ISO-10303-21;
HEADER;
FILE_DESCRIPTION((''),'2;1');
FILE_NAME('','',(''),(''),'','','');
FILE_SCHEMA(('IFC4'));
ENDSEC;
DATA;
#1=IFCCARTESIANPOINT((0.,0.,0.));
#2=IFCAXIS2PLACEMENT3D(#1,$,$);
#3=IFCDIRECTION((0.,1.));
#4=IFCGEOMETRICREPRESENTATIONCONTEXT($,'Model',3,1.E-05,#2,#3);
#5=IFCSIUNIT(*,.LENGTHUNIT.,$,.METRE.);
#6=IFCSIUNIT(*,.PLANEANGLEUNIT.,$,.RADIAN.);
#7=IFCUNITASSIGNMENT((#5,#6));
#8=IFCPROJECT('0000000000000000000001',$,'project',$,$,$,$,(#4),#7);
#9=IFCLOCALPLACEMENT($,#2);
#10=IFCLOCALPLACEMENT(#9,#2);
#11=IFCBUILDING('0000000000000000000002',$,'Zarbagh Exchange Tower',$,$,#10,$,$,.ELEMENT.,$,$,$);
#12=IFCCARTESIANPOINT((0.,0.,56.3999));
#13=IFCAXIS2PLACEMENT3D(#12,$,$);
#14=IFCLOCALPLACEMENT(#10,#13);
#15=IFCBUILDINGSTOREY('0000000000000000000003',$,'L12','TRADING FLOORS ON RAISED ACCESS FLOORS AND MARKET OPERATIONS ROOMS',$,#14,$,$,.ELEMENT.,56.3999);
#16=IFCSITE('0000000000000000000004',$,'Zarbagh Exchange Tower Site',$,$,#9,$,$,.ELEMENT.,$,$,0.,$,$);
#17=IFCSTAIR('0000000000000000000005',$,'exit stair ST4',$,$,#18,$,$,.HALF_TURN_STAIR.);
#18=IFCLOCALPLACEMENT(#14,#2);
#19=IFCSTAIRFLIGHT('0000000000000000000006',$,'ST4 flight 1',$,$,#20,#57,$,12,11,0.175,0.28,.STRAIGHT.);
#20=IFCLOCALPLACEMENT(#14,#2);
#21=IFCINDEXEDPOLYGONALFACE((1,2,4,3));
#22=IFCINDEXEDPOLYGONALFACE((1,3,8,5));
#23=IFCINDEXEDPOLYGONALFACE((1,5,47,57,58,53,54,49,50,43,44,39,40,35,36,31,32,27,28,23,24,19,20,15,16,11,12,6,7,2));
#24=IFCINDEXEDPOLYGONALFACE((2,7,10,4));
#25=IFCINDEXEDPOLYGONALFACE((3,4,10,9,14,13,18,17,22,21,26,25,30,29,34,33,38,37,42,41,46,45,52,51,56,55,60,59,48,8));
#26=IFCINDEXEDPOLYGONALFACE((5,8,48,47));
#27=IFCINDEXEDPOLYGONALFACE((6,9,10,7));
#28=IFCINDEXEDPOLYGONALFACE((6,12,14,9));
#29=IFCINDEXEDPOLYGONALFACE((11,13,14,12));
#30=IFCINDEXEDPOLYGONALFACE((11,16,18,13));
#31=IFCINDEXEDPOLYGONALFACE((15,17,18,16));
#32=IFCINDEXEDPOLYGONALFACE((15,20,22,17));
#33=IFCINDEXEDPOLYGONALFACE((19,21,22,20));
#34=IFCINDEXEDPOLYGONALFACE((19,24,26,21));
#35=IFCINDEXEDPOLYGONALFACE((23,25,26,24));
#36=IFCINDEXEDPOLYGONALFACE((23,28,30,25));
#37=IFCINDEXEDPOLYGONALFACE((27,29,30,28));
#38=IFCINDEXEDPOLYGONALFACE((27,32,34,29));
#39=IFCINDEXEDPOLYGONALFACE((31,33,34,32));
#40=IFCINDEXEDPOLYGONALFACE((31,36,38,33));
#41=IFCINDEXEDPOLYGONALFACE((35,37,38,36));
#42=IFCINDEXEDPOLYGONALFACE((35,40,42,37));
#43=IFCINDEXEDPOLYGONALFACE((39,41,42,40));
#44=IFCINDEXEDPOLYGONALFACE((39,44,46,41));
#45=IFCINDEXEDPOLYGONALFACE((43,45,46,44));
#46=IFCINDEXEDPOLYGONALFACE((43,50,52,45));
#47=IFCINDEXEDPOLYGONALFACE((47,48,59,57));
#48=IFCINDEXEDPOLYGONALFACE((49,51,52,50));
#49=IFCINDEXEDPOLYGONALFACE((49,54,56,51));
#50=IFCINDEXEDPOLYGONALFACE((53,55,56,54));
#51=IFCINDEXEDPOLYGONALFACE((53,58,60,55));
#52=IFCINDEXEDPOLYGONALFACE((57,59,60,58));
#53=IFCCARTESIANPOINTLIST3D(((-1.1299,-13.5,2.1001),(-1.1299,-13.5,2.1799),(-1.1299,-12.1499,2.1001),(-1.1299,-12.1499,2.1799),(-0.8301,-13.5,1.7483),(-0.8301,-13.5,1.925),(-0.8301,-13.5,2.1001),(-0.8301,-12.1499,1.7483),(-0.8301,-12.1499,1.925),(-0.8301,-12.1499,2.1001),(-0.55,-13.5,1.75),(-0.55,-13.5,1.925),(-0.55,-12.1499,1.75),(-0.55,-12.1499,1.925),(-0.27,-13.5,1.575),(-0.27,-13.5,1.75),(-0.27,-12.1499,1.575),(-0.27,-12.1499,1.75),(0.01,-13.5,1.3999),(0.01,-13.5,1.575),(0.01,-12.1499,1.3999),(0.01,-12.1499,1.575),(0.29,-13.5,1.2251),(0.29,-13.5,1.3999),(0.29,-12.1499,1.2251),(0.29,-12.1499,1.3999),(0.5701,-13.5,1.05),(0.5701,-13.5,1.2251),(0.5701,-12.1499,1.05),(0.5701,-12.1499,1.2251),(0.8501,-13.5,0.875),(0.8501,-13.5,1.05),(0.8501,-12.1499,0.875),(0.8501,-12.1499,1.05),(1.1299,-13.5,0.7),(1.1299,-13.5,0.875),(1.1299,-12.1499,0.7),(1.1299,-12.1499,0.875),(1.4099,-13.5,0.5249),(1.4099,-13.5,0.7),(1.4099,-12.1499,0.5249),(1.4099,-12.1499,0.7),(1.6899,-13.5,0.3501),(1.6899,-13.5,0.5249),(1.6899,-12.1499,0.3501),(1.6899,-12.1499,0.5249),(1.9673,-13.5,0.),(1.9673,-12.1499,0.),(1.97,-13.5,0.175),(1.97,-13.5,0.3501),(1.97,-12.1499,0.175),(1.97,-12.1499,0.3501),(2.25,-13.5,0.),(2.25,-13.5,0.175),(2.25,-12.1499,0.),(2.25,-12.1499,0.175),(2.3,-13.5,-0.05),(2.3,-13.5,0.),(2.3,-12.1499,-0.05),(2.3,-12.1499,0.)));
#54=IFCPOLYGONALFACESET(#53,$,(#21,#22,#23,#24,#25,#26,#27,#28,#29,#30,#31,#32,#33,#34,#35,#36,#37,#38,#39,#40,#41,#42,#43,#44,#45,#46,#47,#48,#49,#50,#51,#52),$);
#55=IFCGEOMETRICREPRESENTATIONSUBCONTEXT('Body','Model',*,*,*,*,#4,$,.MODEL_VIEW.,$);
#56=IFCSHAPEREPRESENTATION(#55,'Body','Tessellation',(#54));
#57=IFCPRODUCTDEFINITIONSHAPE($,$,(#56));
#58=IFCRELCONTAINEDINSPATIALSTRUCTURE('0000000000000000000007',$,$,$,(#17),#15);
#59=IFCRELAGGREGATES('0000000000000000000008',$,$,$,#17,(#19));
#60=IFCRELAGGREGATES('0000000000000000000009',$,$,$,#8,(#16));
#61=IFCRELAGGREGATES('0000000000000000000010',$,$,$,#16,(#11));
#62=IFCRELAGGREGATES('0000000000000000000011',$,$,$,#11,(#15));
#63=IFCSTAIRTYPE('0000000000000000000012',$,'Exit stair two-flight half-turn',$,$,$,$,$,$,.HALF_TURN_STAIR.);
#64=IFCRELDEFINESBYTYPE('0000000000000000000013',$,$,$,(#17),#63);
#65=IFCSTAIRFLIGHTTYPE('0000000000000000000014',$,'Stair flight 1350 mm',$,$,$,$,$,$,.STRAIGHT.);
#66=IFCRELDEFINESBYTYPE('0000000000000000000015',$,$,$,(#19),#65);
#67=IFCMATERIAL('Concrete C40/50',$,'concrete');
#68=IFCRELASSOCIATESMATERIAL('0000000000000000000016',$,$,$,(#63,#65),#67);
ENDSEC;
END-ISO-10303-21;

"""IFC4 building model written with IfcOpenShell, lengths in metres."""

from ifc_helpers import new_model, si_unit, direction, frame, origin, place, context, subcontext, project, spatial, polyline, outline, extrude, material, type_object, element, aggregate, save


model = new_model("IFC4")

# Units and contexts
model_context = context("Model", 3, precision=1e-05, world=origin(), true_north=direction((0.0, 1.0)))
body_context = subcontext(model_context, "Body", "Model", "MODEL_VIEW")
ifc_project = project(units=[si_unit("LENGTHUNIT", "METRE"), si_unit("PLANEANGLEUNIT", "RADIAN")], contexts=[model_context])

# Site, building, storey
site_placement = place(None, origin())
site = spatial("IfcSite", under=ifc_project, at=site_placement, Name="Zarbagh Exchange Tower Site", CompositionType="ELEMENT", RefElevation=0.0)
building_placement = place(site_placement, origin())
building = spatial("IfcBuilding", under=site, at=building_placement, Name="Zarbagh Exchange Tower", CompositionType="ELEMENT")
storey_placement = place(building_placement, frame((0.0, 0.0, 56.3999)))
storey = spatial("IfcBuildingStorey", under=building, at=storey_placement, Name="L12", Description="TRADING FLOORS ON RAISED ACCESS FLOORS AND MARKET OPERATIONS ROOMS", CompositionType="ELEMENT", Elevation=56.3999)

# Stair, stair flight
ifc_material_1 = material(Name="Concrete C40/50", Category="concrete")
stair_type = type_object("IfcStairType", Name="Exit stair two-flight half-turn", PredefinedType="HALF_TURN_STAIR", material=ifc_material_1)
stair_flight_type = type_object("IfcStairFlightType", Name="Stair flight 1350 mm", PredefinedType="STRAIGHT", material=ifc_material_1)
stair_1_placement = place(storey_placement, origin())
stair_1 = element("IfcStair", 1, at=stair_1_placement, inside=storey, type_object=stair_type, Name="exit stair ST4", PredefinedType="HALF_TURN_STAIR")
stair_flight_1_placement = place(storey_placement, frame((2.25, -12.825, 0.0), z_axis=(0.0, 0.0, 1.0), x_axis=(-1.0, 0.0, 0.0)))
stair_flight_1 = element("IfcStairFlight", 2, at=stair_flight_1_placement, type_object=stair_flight_type, Name="ST4 flight 1", NumberOfRisers=12, NumberOfTreads=11, PredefinedType="STRAIGHT", RiserHeight=0.175, TreadLength=0.28, context=body_context, shape_type="SweptSolid", body=[
    extrude(outline(polyline([(-0.05, -0.05), (-0.05, 0.0), (0.0, 0.0), (0.0, 0.175), (0.28, 0.175), (0.28, 0.3501), (0.5601, 0.3501), (0.5601, 0.5249), (0.8401, 0.5249), (0.8401, 0.7), (1.1201, 0.7), (1.1201, 0.875), (1.3999, 0.875), (1.3999, 1.05), (1.6799, 1.05), (1.6799, 1.2251), (1.96, 1.2251), (1.96, 1.3999), (2.24, 1.3999), (2.24, 1.575), (2.52, 1.575), (2.52, 1.75), (2.8, 1.75), (2.8, 1.925), (3.0801, 1.925), (3.0801, 2.1001), (3.3799, 2.1799), (3.3799, 2.1001), (3.0801, 1.7483), (0.2827, 0.0), (-0.05, -0.05)])), frame((0.0, 0.675, 0.0), z_axis=(0.0, -1.0, 0.0), x_axis=(1.0, 0.0, 0.0)), (0.0, 0.0, 1.0), 1.3501),
])
aggregate(stair_1, [stair_flight_1])

save(model, "model.ifc")
